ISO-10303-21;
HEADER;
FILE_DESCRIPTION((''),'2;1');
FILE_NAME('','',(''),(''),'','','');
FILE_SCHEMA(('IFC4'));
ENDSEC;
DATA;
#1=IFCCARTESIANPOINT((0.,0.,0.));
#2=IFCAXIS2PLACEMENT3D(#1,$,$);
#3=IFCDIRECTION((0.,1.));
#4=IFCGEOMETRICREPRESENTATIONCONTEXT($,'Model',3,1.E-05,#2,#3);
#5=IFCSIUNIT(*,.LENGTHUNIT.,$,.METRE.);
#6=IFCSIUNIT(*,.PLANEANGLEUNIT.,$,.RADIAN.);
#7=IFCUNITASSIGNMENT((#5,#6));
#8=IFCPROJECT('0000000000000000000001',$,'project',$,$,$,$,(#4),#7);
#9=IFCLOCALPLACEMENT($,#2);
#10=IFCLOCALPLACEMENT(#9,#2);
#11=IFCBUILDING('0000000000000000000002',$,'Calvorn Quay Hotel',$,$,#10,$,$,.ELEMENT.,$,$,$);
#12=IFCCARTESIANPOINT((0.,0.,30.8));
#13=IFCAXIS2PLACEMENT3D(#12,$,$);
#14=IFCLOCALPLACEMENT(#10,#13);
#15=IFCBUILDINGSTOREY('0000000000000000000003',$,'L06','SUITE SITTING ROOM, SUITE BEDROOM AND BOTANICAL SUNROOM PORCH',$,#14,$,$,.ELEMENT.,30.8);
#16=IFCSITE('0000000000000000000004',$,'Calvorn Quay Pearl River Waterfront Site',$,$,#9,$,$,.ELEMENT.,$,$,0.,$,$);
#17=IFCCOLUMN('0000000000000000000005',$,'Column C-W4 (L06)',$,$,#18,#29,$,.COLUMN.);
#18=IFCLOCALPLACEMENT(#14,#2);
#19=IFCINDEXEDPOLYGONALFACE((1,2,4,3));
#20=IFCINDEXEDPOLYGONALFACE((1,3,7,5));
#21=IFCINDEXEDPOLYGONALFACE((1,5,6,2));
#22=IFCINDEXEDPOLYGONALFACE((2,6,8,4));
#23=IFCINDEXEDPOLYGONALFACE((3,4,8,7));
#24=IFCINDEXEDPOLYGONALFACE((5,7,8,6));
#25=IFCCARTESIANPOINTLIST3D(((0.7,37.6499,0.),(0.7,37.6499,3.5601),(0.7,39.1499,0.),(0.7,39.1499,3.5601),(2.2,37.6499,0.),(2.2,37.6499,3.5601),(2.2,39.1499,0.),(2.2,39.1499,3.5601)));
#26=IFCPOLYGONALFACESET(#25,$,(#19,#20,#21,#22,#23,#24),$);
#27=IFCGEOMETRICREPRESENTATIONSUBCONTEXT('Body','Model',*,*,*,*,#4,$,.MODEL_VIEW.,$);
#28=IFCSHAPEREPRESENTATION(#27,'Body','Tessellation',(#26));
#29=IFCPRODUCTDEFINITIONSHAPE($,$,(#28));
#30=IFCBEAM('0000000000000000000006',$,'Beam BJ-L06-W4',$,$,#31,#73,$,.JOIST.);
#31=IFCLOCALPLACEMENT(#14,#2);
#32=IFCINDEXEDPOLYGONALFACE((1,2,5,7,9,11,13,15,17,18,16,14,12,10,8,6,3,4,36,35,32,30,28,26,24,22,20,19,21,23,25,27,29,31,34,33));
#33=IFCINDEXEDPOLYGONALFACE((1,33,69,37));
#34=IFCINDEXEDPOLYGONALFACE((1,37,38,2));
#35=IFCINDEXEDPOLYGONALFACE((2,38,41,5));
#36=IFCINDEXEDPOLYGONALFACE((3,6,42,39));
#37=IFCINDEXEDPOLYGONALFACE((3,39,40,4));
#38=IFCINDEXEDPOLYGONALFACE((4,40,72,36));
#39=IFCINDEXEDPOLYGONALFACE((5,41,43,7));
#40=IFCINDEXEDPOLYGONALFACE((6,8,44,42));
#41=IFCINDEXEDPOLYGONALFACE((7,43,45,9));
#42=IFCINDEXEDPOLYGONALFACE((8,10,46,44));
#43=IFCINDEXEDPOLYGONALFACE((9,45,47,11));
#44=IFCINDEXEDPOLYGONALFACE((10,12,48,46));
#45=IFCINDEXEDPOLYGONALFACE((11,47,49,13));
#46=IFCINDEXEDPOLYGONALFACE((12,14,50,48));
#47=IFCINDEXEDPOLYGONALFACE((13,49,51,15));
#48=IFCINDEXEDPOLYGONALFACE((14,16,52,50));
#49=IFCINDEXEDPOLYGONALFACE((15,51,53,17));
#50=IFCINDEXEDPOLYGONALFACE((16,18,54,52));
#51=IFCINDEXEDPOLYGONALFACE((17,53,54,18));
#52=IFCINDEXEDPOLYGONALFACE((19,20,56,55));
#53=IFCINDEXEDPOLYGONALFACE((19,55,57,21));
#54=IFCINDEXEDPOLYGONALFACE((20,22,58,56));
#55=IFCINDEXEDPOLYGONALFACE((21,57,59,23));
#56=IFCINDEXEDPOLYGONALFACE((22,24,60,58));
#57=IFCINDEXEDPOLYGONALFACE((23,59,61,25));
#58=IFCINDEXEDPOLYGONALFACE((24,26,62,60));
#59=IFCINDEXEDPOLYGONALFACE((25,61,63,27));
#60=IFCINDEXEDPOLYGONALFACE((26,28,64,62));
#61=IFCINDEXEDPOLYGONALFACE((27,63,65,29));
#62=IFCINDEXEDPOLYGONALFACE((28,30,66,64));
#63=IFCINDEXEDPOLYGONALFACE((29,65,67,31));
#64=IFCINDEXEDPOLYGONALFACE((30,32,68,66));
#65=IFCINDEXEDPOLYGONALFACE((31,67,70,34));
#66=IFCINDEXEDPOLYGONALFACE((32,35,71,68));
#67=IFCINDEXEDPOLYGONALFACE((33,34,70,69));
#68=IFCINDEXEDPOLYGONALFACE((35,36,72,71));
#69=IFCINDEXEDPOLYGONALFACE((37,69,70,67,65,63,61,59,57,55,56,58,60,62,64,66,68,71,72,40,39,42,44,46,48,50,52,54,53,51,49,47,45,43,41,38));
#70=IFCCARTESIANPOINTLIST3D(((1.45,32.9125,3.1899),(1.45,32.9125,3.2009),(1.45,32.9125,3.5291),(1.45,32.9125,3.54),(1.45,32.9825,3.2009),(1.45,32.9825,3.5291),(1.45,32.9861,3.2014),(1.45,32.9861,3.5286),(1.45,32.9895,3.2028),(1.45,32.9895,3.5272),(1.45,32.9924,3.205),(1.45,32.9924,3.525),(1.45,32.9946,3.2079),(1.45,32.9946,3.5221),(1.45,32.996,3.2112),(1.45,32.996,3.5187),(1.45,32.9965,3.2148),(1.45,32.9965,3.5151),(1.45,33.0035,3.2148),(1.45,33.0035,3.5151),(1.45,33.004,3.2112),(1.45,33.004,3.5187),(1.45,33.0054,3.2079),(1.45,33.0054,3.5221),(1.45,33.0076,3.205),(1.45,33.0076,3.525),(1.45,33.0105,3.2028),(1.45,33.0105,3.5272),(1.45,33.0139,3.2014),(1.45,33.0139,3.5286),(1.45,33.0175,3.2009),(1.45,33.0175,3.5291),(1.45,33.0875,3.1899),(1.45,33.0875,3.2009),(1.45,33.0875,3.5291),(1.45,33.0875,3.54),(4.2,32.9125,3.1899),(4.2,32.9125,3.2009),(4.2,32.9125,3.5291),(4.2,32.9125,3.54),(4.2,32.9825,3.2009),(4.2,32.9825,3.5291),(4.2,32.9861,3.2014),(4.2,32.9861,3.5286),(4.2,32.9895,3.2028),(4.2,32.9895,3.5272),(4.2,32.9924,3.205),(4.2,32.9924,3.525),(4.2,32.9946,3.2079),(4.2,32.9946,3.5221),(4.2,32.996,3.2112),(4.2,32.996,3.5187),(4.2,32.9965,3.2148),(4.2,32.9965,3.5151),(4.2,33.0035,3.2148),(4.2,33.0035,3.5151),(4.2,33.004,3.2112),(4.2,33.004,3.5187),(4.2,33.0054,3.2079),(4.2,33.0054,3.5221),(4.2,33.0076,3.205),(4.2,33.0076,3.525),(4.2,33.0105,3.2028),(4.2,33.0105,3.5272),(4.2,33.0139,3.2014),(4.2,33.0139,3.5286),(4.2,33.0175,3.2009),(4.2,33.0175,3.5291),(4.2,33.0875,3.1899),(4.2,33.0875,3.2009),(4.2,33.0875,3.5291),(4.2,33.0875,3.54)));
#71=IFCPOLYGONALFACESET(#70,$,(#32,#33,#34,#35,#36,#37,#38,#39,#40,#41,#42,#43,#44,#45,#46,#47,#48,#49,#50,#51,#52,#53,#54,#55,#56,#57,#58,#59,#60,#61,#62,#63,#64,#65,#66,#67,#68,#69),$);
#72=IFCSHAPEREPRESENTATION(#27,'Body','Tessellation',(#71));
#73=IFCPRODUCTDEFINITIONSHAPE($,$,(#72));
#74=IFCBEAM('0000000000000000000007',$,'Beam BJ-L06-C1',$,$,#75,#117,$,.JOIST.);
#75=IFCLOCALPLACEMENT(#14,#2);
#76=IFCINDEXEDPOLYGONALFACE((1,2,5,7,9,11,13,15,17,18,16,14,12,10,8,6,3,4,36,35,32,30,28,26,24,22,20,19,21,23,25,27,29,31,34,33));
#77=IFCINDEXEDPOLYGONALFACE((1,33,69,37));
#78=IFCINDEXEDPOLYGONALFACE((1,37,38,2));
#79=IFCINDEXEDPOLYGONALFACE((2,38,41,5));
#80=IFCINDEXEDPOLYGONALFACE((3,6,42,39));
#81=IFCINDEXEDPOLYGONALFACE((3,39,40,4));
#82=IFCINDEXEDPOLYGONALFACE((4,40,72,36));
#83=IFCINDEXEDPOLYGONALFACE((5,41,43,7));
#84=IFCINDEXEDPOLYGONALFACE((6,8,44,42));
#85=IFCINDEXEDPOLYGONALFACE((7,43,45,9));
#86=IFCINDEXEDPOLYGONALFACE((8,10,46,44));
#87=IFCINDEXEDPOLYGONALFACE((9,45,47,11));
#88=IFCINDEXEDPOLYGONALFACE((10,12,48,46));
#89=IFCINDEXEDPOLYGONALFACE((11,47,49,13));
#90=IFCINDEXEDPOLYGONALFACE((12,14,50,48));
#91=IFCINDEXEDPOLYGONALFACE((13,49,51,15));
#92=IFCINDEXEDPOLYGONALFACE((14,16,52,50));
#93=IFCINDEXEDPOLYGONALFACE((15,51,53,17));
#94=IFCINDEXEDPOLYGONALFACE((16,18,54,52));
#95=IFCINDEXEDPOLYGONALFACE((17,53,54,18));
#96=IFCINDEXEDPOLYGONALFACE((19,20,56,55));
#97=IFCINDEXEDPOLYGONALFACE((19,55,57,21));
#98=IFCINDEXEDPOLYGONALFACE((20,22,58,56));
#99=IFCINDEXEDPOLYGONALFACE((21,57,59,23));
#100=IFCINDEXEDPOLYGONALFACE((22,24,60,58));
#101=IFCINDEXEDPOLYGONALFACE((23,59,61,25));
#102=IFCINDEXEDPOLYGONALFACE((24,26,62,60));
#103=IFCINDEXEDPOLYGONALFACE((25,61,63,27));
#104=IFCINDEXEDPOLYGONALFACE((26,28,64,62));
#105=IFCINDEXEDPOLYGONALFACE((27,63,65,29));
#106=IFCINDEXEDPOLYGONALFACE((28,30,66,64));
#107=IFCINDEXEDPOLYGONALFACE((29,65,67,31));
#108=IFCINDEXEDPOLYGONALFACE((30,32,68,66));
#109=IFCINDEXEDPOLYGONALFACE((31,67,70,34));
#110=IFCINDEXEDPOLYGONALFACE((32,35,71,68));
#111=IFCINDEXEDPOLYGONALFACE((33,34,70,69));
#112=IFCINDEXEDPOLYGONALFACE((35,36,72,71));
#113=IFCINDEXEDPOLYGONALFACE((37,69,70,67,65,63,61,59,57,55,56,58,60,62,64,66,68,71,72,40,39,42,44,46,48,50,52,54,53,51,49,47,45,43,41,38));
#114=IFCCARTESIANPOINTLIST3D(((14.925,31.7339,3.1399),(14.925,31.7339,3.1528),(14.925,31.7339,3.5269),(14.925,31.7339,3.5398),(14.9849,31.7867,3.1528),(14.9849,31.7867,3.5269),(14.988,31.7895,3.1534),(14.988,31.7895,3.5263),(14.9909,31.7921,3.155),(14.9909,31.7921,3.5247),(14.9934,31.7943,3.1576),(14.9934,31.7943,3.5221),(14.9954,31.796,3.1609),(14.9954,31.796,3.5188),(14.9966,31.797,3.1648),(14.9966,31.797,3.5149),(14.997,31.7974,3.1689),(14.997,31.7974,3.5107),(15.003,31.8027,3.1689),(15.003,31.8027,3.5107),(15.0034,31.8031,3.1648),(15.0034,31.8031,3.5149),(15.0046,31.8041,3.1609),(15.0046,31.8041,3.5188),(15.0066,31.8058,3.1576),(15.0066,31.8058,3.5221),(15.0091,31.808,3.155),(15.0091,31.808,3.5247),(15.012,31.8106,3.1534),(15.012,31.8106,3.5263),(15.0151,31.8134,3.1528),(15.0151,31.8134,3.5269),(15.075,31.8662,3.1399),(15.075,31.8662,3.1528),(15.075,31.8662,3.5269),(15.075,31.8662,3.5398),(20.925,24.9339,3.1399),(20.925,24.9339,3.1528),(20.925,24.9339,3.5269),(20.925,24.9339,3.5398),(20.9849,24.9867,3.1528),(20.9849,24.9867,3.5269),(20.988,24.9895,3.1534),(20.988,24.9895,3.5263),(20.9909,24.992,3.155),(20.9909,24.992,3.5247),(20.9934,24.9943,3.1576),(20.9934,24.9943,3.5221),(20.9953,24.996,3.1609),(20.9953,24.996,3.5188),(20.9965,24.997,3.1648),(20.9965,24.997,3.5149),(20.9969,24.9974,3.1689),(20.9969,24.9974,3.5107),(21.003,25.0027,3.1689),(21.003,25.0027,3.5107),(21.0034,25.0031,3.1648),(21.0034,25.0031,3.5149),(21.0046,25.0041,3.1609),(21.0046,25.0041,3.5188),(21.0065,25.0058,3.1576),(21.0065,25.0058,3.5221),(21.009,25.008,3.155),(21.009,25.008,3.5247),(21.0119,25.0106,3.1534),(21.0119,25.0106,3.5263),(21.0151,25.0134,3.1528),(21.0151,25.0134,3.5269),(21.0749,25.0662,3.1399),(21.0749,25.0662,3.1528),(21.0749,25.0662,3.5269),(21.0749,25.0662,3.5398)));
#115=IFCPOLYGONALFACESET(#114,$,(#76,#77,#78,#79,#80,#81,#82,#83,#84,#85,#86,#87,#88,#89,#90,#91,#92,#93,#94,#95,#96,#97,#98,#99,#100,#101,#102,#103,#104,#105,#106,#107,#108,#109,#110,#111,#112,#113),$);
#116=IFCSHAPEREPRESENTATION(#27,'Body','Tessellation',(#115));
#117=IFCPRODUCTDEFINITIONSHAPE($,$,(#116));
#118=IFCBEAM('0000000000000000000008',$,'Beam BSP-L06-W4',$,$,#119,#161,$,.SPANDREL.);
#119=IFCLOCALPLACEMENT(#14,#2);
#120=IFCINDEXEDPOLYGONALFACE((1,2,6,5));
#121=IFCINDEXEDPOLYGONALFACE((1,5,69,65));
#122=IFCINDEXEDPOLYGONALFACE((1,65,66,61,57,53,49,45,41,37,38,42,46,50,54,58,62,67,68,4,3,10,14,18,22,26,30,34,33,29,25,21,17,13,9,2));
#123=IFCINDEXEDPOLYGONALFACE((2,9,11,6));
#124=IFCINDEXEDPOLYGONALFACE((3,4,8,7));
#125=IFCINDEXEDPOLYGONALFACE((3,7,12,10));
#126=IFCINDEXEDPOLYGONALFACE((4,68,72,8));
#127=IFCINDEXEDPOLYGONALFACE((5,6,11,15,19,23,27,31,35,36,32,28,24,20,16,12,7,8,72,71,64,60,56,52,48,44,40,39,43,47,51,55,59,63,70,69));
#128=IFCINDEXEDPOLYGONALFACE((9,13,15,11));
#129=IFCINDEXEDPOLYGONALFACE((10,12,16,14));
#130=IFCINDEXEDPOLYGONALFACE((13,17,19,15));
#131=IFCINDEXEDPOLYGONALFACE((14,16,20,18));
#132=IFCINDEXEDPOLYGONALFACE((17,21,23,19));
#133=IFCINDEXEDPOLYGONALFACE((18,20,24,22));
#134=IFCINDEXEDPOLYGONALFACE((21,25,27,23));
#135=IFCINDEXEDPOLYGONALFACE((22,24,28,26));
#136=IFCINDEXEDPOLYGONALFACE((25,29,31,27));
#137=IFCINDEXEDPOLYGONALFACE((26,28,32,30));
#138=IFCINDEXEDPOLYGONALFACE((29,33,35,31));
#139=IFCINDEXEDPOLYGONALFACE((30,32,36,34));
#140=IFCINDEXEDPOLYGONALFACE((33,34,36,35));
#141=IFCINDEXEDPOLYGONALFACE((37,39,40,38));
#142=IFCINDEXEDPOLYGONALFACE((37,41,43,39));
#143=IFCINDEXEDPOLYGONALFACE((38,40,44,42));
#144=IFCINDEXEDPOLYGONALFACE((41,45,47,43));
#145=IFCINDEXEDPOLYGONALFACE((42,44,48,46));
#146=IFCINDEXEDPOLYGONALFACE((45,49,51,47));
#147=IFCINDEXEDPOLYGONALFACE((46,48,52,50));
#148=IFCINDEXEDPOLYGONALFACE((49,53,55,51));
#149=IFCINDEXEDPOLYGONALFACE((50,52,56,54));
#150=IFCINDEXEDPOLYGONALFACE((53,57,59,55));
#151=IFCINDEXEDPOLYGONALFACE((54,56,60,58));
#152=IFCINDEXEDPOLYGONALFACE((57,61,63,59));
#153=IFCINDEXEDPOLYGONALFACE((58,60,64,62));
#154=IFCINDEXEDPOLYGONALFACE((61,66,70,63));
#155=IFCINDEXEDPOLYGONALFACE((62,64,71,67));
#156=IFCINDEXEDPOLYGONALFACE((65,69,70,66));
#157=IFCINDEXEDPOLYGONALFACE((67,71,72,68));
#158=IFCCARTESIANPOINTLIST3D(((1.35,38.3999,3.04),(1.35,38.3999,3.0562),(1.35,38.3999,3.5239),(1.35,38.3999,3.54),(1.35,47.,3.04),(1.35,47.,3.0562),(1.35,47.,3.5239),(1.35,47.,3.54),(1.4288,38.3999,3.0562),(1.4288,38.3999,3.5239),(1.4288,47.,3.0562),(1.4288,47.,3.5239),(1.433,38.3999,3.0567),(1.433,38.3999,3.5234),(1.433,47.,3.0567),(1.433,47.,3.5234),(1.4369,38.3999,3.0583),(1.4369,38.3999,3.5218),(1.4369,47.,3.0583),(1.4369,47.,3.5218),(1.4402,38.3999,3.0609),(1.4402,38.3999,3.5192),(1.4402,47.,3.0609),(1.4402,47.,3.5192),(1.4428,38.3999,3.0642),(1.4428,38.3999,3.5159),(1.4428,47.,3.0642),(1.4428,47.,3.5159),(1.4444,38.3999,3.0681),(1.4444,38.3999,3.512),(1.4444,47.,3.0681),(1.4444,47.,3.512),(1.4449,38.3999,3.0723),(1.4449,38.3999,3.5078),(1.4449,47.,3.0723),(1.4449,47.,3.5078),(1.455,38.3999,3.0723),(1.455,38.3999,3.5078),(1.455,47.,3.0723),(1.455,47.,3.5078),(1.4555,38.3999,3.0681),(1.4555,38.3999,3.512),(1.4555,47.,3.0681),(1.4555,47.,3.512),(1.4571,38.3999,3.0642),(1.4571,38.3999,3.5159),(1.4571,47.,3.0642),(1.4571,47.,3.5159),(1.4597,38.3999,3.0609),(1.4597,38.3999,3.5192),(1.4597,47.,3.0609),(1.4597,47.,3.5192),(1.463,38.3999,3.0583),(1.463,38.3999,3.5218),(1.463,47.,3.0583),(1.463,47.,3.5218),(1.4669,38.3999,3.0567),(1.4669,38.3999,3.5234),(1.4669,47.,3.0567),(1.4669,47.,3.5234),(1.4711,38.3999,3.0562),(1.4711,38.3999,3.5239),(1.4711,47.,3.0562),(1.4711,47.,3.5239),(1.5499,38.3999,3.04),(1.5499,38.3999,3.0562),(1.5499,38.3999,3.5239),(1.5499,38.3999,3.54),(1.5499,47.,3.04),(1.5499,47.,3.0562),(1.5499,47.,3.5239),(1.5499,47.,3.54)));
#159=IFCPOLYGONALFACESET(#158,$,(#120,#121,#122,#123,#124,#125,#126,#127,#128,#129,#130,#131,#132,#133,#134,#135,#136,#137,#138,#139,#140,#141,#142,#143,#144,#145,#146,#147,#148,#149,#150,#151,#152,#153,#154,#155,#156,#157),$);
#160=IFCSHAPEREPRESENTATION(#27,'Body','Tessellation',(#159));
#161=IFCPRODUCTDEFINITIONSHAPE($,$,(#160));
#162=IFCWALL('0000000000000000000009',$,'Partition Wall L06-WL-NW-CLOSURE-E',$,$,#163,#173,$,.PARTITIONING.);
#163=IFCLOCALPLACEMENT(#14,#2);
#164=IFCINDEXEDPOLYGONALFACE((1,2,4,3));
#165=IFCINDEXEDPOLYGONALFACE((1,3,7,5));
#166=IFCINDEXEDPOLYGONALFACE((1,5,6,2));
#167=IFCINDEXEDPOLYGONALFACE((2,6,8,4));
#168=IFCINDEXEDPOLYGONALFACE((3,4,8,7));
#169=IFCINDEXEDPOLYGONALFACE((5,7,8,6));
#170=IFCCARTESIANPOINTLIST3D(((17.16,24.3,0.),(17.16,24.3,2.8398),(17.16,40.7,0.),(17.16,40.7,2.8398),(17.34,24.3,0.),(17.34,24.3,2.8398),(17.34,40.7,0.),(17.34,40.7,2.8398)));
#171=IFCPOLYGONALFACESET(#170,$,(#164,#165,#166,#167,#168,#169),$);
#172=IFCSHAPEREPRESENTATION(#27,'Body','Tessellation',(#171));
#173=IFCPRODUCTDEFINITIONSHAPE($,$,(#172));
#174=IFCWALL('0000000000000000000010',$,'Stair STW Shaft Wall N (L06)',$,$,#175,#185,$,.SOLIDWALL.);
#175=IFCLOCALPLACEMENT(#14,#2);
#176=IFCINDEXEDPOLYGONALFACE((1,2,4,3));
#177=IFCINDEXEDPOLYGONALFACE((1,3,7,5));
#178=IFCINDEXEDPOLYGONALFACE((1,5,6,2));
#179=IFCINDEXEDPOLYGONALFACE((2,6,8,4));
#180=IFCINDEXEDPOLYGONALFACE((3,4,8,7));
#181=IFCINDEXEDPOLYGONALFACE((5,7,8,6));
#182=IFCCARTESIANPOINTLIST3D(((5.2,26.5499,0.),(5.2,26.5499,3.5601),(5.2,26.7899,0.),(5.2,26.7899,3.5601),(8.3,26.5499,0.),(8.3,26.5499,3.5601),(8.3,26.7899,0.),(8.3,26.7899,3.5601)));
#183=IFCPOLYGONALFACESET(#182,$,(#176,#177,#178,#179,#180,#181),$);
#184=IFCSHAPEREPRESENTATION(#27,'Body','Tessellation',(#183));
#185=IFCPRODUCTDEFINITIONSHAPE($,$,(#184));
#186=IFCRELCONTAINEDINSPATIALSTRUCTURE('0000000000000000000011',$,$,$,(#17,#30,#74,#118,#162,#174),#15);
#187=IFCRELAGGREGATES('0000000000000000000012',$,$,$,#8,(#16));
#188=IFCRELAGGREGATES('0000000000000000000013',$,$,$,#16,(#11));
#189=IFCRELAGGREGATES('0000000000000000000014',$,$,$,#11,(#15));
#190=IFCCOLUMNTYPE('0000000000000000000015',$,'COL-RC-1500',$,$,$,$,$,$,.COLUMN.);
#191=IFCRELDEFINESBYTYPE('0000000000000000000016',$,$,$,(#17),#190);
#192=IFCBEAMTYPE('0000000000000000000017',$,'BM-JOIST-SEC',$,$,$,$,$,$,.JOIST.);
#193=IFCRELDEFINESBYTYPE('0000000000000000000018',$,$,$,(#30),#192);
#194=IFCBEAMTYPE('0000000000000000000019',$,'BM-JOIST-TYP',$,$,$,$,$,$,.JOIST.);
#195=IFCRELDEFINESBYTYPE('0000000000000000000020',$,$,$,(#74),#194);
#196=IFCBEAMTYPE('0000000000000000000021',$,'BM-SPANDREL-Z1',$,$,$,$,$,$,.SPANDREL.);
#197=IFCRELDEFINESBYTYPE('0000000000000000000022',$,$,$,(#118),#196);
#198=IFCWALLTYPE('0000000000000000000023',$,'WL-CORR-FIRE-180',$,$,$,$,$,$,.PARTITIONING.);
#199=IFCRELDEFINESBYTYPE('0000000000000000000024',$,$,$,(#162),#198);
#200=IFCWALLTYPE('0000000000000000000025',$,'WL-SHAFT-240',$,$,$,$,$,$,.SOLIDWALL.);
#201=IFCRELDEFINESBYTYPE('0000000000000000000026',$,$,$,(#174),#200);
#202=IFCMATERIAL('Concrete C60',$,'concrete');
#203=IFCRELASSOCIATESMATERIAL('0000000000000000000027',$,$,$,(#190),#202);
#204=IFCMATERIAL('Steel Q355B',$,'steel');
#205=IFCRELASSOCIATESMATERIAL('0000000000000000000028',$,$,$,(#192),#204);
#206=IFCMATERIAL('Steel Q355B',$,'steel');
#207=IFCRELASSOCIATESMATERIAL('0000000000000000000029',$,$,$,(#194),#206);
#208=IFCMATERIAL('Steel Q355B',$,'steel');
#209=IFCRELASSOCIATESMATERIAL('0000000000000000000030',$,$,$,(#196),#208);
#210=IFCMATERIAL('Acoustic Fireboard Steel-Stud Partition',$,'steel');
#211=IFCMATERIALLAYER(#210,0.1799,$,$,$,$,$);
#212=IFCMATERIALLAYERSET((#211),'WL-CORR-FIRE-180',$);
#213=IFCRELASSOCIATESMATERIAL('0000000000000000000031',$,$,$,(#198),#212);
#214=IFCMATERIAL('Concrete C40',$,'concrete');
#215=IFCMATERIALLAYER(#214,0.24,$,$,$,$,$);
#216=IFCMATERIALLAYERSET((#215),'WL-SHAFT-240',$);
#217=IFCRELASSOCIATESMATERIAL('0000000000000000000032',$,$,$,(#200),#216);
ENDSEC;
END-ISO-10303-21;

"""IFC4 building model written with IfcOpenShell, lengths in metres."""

from ifc_helpers import new_model, si_unit, direction, frame, frame_2d, origin, origin_2d, place, context, subcontext, project, spatial, rectangle, i_section, extrude, material, layer, layer_set, material_profile, profile_set, type_object, element, save


model = new_model("IFC4")

# Units and contexts
model_context = context("Model", 3, precision=1e-05, world=origin(), true_north=direction((0.0, 1.0)))
body_context = subcontext(model_context, "Body", "Model", "MODEL_VIEW")
ifc_project = project(units=[si_unit("LENGTHUNIT", "METRE"), si_unit("PLANEANGLEUNIT", "RADIAN")], contexts=[model_context])

# Site, building, storey
site_placement = place(None, origin())
site = spatial("IfcSite", under=ifc_project, at=site_placement, Name="Calvorn Quay Pearl River Waterfront Site", CompositionType="ELEMENT", RefElevation=0.0)
building_placement = place(site_placement, origin())
building = spatial("IfcBuilding", under=site, at=building_placement, Name="Calvorn Quay Hotel", CompositionType="ELEMENT")
storey_placement = place(building_placement, frame((0.0, 0.0, 30.8)))
storey = spatial("IfcBuildingStorey", under=building, at=storey_placement, Name="L06", Description="SUITE SITTING ROOM, SUITE BEDROOM AND BOTANICAL SUNROOM PORCH", CompositionType="ELEMENT", Elevation=30.8)

# Column
ifc_material_1 = material(Name="Concrete C60", Category="concrete")
ifc_material_profile_1 = material_profile(ifc_material_1, rectangle(XDim=1.5, YDim=1.5, at=origin_2d()), Name="RC1500x1500")
ifc_profile_set_1 = profile_set([ifc_material_profile_1], Name="Concrete C60")
column_type = type_object("IfcColumnType", Name="COL-RC-1500", PredefinedType="COLUMN", material=ifc_profile_set_1)
column_placement = place(storey_placement, frame((1.45, 38.3999, 0.0), z_axis=(0.0, 0.0, 1.0), x_axis=(1.0, 0.0, 0.0)))
element("IfcColumn", 1, at=column_placement, inside=storey, type_object=column_type, Name="Column C-W4 (L06)", PredefinedType="COLUMN", context=body_context, shape_type="SweptSolid", body=[
    extrude(rectangle(XDim=1.5, YDim=1.5, at=origin_2d()), origin(), (0.0, 0.0, 1.0), 3.5601),
])

# Beams
ifc_material_2 = material(Name="Steel Q355B", Category="steel")
ifc_material_profile_2 = material_profile(ifc_material_2, i_section(OverallWidth=0.175, OverallDepth=0.3501, WebThickness=0.0071, FlangeThickness=0.011, FilletRadius=0.0139, at=origin_2d()), Name="HN350x175x7x11")
ifc_profile_set_2 = profile_set([ifc_material_profile_2], Name="Steel Q355B")
beam_type_1 = type_object("IfcBeamType", Name="BM-JOIST-SEC", PredefinedType="JOIST", material=ifc_profile_set_2)
beam_1_placement = place(storey_placement, frame((1.45, 33.0, 3.365), z_axis=(1.0, 0.0, 0.0), x_axis=(0.0, 1.0, 0.0)))
element("IfcBeam", 2, at=beam_1_placement, inside=storey, type_object=beam_type_1, Name="Beam BJ-L06-W4", PredefinedType="JOIST", context=body_context, shape_type="SweptSolid", body=[
    extrude(i_section(OverallWidth=0.175, OverallDepth=0.3501, WebThickness=0.0071, FlangeThickness=0.011, FilletRadius=0.0139, at=origin_2d()), origin(), (0.0, 0.0, 1.0), 2.75),
])
ifc_material_3 = material(Name="Steel Q355B", Category="steel")
ifc_material_profile_3 = material_profile(ifc_material_3, i_section(OverallWidth=0.2, OverallDepth=0.3999, WebThickness=0.0081, FlangeThickness=0.0129, FilletRadius=0.0161, at=origin_2d()), Name="HN400x200x8x13")
ifc_profile_set_3 = profile_set([ifc_material_profile_3], Name="Steel Q355B")
beam_type_2 = type_object("IfcBeamType", Name="BM-JOIST-TYP", PredefinedType="JOIST", material=ifc_profile_set_3)
beam_2_placement = place(storey_placement, frame((15.0, 31.8, 3.3398), z_axis=(0.661619, -0.74984, 0.0), x_axis=(0.74984, 0.661619, 0.0)))
element("IfcBeam", 3, at=beam_2_placement, inside=storey, type_object=beam_type_2, Name="Beam BJ-L06-C1", PredefinedType="JOIST", context=body_context, shape_type="SweptSolid", body=[
    extrude(i_section(OverallWidth=0.2, OverallDepth=0.3999, WebThickness=0.0081, FlangeThickness=0.0129, FilletRadius=0.0161, at=origin_2d()), origin(), (0.0, 0.0, 1.0), 9.0686),
])
ifc_material_4 = material(Name="Steel Q355B", Category="steel")
ifc_material_profile_4 = material_profile(ifc_material_4, i_section(OverallWidth=0.2, OverallDepth=0.5, WebThickness=0.01, FlangeThickness=0.0161, FilletRadius=0.0161, at=origin_2d()), Name="HN500x200x10x16")
ifc_profile_set_4 = profile_set([ifc_material_profile_4], Name="Steel Q355B")
beam_type_3 = type_object("IfcBeamType", Name="BM-SPANDREL-Z1", PredefinedType="SPANDREL", material=ifc_profile_set_4)
beam_3_placement = place(storey_placement, frame((1.45, 38.3999, 3.29), z_axis=(0.0, 1.0, 0.0), x_axis=(-1.0, 0.0, 0.0)))
element("IfcBeam", 4, at=beam_3_placement, inside=storey, type_object=beam_type_3, Name="Beam BSP-L06-W4", PredefinedType="SPANDREL", context=body_context, shape_type="SweptSolid", body=[
    extrude(i_section(OverallWidth=0.2, OverallDepth=0.5, WebThickness=0.01, FlangeThickness=0.0161, FilletRadius=0.0161, at=origin_2d()), origin(), (0.0, 0.0, 1.0), 8.6001),
])

# Wall
ifc_material_5 = material(Name="Acoustic Fireboard Steel-Stud Partition", Category="steel")
ifc_layer_1 = layer(ifc_material_5, 0.1799)
ifc_layer_set_1 = layer_set([ifc_layer_1], Name="WL-CORR-FIRE-180")
wall_type_1 = type_object("IfcWallType", Name="WL-CORR-FIRE-180", PredefinedType="PARTITIONING", material=ifc_layer_set_1)
wall_1_placement = place(storey_placement, frame((17.25, 24.3, 0.0), z_axis=(0.0, 0.0, 1.0), x_axis=(0.0, 1.0, 0.0)))
element("IfcWall", 5, at=wall_1_placement, inside=storey, type_object=wall_type_1, Name="Partition Wall L06-WL-NW-CLOSURE-E", PredefinedType="PARTITIONING", context=body_context, shape_type="SweptSolid", body=[
    extrude(rectangle(XDim=16.3999, YDim=0.1799, at=frame_2d((8.2, 0.0))), origin(), (0.0, 0.0, 1.0), 2.8398),
])

# Wall
ifc_material_6 = material(Name="Concrete C40", Category="concrete")
ifc_layer_2 = layer(ifc_material_6, 0.24)
ifc_layer_set_2 = layer_set([ifc_layer_2], Name="WL-SHAFT-240")
wall_type_2 = type_object("IfcWallType", Name="WL-SHAFT-240", PredefinedType="SOLIDWALL", material=ifc_layer_set_2)
wall_2_placement = place(storey_placement, frame((5.2, 26.6699, 0.0), z_axis=(0.0, 0.0, 1.0), x_axis=(1.0, 0.0, 0.0)))
element("IfcWall", 6, at=wall_2_placement, inside=storey, type_object=wall_type_2, Name="Stair STW Shaft Wall N (L06)", PredefinedType="SOLIDWALL", context=body_context, shape_type="SweptSolid", body=[
    extrude(rectangle(XDim=3.1001, YDim=0.24, at=frame_2d((1.55, 0.0))), origin(), (0.0, 0.0, 1.0), 3.5601),
])

save(model, "model.ifc")
